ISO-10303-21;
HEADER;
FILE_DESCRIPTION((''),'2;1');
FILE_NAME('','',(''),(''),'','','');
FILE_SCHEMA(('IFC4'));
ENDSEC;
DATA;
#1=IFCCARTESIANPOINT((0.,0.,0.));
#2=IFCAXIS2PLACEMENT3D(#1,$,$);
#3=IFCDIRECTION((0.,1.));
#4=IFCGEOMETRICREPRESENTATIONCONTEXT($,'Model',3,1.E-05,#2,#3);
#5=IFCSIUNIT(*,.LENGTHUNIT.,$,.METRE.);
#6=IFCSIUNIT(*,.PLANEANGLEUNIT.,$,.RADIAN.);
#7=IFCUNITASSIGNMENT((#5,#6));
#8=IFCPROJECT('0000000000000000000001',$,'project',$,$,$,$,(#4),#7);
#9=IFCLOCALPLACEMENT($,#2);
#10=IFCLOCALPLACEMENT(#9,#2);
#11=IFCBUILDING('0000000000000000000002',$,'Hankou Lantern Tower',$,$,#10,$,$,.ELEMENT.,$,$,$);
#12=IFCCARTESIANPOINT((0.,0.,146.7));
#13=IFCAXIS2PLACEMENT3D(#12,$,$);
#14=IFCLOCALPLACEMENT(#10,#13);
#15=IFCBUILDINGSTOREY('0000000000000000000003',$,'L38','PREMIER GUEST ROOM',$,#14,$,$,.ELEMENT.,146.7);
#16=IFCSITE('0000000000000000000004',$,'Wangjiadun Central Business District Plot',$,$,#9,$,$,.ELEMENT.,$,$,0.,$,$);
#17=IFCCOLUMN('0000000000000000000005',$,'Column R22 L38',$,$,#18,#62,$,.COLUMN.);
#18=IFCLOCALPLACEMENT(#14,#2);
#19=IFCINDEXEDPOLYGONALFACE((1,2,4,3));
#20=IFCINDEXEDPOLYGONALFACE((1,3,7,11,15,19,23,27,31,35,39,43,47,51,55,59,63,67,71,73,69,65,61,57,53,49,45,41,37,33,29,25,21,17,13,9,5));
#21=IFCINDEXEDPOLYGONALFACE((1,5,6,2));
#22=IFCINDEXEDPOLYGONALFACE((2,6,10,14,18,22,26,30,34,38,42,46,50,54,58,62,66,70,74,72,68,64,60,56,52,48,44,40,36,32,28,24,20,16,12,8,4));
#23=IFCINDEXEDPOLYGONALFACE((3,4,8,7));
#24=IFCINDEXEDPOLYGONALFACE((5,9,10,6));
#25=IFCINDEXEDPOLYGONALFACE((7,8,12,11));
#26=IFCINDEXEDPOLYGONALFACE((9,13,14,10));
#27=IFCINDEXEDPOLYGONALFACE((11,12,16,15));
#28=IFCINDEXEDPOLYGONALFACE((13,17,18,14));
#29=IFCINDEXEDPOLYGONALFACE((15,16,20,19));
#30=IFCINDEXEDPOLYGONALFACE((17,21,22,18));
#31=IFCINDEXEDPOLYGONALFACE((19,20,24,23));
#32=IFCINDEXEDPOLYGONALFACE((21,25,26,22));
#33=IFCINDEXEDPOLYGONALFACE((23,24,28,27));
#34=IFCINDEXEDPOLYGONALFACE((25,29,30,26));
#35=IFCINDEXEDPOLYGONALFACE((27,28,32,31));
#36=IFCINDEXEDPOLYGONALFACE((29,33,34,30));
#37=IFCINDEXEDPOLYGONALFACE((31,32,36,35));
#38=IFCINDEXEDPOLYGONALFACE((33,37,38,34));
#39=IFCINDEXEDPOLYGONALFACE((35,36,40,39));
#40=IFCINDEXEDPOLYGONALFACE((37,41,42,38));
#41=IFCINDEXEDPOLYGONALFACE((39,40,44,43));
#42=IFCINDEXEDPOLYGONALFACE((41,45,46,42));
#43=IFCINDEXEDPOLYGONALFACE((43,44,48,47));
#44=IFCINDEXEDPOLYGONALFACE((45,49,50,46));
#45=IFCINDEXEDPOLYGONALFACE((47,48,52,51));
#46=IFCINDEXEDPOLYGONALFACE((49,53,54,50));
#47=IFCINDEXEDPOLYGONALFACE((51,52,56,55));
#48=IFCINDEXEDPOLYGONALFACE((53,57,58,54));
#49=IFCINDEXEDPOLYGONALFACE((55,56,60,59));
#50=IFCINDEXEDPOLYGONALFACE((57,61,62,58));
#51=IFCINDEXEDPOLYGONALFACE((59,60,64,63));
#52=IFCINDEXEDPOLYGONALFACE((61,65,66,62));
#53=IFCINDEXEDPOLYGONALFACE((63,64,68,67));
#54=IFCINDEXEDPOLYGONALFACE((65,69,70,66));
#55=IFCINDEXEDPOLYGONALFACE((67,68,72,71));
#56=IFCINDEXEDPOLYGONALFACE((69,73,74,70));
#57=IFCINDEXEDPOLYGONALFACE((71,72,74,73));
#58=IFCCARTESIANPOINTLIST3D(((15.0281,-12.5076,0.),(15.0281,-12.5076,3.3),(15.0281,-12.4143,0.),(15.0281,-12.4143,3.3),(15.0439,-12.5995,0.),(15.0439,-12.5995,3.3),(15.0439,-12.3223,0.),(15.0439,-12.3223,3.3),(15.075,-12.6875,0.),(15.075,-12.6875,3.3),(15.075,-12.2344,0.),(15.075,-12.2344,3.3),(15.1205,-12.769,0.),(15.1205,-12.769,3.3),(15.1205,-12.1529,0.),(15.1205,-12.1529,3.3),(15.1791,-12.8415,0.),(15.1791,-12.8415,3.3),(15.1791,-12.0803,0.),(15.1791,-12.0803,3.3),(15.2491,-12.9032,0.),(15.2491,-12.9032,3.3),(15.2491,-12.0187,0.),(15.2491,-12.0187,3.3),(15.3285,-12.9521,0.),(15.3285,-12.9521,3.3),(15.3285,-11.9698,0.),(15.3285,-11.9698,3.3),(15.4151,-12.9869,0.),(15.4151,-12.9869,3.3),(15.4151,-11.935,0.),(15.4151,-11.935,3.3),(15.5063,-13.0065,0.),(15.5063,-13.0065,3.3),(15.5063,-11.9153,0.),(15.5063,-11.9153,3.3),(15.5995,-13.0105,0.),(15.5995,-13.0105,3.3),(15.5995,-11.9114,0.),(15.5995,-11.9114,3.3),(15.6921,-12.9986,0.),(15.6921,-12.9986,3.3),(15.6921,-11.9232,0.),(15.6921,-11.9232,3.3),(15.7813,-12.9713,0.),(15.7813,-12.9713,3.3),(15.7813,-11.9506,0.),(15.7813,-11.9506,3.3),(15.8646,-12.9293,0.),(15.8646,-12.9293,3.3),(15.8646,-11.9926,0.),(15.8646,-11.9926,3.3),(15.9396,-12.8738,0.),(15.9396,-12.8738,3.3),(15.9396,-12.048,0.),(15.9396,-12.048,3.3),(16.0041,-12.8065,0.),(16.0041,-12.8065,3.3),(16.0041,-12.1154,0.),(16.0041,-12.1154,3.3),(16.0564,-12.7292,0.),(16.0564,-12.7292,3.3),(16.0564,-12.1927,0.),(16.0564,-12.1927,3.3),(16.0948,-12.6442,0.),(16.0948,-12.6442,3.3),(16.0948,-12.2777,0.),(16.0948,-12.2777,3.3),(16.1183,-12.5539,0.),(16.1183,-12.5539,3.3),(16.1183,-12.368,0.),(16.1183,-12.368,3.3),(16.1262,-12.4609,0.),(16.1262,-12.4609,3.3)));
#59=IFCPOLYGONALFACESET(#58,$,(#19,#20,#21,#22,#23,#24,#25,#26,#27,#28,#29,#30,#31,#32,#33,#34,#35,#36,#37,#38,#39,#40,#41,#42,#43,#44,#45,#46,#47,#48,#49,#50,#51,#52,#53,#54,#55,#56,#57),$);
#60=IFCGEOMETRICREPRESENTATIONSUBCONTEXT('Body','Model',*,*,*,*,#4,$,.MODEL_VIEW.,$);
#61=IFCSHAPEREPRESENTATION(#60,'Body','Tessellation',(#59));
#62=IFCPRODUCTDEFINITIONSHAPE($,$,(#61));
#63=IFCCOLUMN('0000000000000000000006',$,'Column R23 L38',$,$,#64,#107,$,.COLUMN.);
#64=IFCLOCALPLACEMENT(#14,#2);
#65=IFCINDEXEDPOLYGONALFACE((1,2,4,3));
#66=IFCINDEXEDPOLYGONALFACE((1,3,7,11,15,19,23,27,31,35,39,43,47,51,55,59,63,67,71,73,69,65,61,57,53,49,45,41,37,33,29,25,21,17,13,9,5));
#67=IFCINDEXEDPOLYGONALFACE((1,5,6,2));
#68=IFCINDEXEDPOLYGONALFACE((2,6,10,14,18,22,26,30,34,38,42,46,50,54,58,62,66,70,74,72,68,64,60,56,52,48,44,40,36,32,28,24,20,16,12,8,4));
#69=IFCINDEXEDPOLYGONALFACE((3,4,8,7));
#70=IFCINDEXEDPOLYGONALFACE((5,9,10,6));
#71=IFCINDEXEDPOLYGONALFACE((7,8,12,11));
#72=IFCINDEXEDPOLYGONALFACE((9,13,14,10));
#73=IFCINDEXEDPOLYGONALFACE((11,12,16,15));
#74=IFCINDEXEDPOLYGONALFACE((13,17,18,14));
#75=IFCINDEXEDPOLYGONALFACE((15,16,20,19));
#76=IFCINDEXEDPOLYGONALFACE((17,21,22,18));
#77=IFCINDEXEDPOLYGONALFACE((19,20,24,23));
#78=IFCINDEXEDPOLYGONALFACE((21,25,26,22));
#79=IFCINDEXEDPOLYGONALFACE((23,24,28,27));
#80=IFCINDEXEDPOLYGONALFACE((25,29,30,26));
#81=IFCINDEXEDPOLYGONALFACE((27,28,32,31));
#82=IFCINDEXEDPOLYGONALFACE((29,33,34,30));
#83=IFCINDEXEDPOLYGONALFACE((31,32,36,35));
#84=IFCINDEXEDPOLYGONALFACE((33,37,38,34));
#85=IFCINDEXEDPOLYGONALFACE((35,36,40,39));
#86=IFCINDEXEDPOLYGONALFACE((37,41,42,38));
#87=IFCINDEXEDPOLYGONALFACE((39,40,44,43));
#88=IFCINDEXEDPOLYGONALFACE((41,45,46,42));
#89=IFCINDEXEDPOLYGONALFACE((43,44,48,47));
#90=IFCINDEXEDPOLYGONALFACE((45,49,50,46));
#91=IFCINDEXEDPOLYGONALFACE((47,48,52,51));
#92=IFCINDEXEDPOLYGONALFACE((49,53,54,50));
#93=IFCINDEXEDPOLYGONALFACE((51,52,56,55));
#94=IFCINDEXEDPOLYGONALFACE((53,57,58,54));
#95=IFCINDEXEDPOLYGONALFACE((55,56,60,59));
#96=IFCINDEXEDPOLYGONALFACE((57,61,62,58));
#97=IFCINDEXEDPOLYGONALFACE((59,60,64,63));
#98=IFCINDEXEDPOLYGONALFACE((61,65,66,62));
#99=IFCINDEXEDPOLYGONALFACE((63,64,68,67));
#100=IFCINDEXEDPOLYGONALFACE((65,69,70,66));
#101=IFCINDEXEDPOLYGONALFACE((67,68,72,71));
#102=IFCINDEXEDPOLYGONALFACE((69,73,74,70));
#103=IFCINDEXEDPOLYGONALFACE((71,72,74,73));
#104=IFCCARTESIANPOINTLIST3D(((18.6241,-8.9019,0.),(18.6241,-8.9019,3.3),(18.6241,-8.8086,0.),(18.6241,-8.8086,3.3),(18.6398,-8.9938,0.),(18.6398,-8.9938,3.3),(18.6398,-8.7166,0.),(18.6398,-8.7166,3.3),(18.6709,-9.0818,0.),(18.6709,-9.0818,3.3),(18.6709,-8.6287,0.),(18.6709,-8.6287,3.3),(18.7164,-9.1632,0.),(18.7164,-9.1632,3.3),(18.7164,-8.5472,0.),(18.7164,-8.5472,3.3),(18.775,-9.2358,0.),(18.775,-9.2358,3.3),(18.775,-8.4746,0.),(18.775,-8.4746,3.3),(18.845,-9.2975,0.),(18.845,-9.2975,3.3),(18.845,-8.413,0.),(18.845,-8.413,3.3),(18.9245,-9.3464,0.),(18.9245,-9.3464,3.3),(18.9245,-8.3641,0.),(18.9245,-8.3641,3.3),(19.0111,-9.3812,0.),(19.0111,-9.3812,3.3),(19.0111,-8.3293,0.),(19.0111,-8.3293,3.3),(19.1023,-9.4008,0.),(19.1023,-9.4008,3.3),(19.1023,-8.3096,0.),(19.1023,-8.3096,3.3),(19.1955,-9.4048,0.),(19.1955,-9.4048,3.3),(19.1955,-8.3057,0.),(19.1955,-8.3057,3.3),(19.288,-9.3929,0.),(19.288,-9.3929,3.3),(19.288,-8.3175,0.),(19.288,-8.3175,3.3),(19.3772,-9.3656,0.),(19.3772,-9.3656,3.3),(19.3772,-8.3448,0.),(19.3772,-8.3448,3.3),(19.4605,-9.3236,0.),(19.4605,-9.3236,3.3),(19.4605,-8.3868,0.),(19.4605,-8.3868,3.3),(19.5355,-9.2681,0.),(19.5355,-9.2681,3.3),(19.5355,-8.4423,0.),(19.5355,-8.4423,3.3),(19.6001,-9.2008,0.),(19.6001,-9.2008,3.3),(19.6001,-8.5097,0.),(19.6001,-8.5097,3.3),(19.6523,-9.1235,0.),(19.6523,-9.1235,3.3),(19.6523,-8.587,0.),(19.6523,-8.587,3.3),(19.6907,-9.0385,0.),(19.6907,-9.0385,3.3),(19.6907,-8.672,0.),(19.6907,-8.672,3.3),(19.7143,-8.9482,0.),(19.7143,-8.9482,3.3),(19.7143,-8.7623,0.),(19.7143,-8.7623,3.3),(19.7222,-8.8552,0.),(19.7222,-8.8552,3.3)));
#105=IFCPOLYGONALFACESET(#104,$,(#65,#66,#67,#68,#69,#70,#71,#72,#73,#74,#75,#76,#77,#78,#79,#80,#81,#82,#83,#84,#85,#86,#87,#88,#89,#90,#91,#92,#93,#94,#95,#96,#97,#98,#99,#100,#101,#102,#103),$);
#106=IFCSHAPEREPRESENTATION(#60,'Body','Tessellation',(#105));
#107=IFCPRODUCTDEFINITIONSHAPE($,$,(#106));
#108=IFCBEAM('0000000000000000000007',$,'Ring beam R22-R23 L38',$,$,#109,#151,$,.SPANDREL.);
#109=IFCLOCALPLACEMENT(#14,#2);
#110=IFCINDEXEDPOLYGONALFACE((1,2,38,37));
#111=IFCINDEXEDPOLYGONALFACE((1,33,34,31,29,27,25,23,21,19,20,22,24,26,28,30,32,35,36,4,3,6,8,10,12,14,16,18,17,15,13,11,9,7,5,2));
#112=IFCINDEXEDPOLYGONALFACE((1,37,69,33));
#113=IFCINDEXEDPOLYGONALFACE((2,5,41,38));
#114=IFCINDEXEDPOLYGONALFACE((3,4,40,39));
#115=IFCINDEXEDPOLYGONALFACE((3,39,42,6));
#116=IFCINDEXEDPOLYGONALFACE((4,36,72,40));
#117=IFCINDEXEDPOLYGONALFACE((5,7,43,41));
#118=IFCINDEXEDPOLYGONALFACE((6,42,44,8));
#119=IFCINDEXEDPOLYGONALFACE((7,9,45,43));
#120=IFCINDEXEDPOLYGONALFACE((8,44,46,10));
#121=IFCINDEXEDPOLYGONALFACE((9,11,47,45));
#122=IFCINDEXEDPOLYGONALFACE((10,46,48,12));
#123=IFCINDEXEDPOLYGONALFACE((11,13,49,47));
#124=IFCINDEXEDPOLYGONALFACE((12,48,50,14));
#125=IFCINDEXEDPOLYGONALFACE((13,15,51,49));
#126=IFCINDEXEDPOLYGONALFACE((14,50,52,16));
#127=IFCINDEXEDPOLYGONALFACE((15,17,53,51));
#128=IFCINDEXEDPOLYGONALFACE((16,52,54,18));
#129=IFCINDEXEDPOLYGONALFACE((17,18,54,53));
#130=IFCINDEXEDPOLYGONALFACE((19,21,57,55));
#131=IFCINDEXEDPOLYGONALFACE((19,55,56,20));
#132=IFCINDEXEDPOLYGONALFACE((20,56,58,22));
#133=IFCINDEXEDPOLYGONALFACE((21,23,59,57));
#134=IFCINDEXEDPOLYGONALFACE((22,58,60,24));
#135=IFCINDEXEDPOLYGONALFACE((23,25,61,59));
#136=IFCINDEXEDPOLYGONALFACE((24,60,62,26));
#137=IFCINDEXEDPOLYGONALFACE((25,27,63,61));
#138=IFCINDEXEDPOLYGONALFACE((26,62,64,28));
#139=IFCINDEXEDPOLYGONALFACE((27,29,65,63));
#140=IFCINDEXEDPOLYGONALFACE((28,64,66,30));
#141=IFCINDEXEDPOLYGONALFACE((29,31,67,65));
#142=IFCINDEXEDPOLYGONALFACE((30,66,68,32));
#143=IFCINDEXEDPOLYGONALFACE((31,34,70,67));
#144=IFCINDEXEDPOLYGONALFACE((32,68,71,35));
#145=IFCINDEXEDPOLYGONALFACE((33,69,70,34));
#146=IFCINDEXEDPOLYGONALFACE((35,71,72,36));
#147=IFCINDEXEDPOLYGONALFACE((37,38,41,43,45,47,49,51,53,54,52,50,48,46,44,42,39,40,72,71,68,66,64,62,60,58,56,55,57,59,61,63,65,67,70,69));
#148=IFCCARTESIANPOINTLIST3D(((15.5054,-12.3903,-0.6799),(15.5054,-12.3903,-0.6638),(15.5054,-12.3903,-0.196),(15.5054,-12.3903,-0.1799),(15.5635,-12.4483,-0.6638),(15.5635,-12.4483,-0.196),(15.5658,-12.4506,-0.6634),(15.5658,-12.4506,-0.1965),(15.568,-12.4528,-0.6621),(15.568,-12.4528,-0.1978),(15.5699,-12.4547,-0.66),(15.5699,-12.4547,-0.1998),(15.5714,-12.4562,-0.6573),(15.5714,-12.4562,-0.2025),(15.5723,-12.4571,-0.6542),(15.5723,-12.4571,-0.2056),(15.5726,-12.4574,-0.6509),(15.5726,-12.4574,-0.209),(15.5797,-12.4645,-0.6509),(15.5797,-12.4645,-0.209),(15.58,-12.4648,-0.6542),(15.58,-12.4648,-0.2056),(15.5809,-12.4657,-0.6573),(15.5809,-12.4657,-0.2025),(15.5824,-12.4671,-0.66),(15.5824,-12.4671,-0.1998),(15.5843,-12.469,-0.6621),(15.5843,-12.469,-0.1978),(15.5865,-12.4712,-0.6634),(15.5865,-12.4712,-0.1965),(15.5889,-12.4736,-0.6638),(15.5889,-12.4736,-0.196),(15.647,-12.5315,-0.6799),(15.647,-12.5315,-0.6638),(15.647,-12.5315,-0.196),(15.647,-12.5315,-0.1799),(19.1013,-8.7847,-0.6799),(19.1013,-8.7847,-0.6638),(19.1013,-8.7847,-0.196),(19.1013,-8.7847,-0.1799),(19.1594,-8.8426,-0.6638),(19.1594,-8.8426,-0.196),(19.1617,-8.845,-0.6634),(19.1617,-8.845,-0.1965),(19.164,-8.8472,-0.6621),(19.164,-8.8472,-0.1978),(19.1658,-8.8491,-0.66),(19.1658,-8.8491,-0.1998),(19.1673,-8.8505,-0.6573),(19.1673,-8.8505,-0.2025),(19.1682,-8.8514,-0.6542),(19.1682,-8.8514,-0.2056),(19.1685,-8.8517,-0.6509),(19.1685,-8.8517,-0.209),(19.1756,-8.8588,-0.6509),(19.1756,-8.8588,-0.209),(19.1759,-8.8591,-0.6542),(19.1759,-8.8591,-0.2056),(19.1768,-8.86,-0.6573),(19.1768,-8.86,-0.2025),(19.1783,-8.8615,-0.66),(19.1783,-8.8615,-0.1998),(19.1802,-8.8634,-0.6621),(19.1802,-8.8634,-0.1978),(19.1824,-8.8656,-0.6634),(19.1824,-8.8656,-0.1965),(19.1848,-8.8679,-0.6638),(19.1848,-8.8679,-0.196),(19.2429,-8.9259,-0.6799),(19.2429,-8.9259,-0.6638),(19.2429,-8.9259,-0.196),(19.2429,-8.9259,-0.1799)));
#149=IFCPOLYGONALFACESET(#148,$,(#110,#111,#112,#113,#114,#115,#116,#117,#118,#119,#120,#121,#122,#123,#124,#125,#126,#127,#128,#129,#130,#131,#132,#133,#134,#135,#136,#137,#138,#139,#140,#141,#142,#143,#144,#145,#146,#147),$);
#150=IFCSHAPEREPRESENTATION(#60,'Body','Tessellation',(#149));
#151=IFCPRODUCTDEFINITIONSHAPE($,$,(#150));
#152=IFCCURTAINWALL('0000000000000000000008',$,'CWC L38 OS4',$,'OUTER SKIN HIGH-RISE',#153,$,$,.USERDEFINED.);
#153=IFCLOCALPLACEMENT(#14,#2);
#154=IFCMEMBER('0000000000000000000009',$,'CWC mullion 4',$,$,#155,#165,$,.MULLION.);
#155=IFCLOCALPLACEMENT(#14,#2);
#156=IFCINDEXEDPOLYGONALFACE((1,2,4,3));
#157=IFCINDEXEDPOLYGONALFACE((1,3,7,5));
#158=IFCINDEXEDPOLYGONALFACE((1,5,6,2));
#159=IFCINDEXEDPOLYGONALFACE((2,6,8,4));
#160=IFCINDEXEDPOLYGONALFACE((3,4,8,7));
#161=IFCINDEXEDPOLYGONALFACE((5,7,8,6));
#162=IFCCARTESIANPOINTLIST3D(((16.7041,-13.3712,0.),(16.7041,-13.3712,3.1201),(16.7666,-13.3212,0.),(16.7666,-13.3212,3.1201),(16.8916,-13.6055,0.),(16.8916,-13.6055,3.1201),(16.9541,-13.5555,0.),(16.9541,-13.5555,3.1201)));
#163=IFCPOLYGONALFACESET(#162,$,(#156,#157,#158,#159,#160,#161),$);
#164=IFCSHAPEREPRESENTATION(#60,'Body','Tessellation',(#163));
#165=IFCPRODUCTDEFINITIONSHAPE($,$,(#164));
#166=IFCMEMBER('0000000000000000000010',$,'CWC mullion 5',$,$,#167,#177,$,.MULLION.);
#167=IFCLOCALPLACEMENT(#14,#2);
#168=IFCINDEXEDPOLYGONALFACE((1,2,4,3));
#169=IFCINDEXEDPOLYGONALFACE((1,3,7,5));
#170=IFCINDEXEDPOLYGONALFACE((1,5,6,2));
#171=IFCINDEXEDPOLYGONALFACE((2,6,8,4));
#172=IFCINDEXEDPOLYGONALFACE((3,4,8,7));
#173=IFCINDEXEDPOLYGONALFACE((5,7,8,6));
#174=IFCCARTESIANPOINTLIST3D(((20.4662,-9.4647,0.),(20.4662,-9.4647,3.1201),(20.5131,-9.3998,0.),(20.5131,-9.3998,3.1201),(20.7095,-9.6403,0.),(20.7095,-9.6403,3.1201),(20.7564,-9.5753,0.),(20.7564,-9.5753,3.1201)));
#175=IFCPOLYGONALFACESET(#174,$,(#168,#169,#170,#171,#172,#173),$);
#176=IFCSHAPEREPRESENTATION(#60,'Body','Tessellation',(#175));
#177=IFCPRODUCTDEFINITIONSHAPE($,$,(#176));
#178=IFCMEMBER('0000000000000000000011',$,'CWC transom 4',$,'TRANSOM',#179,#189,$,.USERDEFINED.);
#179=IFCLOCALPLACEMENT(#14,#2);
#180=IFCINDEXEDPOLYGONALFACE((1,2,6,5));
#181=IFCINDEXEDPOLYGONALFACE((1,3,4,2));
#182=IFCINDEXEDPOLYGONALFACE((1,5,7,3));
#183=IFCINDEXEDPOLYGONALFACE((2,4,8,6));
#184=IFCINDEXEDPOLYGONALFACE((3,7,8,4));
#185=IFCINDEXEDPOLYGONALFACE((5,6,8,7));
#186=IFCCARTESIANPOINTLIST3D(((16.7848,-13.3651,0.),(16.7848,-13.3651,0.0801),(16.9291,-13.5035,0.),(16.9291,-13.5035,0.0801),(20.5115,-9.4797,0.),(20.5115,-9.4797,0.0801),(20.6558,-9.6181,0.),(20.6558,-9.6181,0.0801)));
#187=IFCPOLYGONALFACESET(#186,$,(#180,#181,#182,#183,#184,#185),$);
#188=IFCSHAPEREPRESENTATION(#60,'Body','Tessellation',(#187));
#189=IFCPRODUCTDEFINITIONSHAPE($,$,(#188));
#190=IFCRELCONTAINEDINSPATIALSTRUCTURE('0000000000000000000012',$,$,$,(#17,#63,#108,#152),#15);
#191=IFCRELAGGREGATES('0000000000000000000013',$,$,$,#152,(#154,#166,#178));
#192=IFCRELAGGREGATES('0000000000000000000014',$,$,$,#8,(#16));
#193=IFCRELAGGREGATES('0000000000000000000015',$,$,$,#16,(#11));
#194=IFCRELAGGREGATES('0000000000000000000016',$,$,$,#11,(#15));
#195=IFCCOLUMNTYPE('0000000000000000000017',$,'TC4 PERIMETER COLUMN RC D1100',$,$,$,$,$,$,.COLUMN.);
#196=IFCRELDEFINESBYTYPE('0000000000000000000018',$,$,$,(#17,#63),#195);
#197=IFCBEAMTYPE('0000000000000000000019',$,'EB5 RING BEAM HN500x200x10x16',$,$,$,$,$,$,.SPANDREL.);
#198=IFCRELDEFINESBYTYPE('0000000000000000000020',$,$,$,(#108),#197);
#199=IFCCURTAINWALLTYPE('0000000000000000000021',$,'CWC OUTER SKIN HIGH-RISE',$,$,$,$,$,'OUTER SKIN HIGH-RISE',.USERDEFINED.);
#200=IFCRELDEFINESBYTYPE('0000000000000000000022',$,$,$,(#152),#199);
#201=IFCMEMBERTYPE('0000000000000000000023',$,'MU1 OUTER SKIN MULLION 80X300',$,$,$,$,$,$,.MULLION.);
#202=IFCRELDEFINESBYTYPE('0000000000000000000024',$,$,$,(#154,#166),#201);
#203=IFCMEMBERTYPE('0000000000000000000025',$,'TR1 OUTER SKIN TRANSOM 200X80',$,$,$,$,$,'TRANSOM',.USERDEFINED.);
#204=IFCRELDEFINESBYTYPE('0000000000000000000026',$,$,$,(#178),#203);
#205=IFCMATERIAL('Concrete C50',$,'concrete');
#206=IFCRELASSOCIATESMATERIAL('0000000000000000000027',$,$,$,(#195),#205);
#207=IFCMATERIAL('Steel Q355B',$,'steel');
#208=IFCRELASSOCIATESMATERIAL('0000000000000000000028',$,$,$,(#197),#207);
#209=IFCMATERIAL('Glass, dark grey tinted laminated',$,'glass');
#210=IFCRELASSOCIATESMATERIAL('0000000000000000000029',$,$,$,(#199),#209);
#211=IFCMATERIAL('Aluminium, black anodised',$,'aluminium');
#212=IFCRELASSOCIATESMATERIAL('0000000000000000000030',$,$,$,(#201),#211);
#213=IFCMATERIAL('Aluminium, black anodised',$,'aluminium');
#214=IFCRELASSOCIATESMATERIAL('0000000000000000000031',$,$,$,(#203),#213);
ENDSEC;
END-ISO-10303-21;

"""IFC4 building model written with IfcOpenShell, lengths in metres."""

from ifc_helpers import new_model, si_unit, direction, frame, origin, origin_2d, place, context, subcontext, project, spatial, rectangle, circle, i_section, extrude, material, material_profile, profile_set, type_object, element, aggregate, save


model = new_model("IFC4")

# Units and contexts
model_context = context("Model", 3, precision=1e-05, world=origin(), true_north=direction((0.0, 1.0)))
body_context = subcontext(model_context, "Body", "Model", "MODEL_VIEW")
ifc_project = project(units=[si_unit("LENGTHUNIT", "METRE"), si_unit("PLANEANGLEUNIT", "RADIAN")], contexts=[model_context])

# Site, building, storey
site_placement = place(None, origin())
site = spatial("IfcSite", under=ifc_project, at=site_placement, Name="Wangjiadun Central Business District Plot", CompositionType="ELEMENT", RefElevation=0.0)
building_placement = place(site_placement, origin())
building = spatial("IfcBuilding", under=site, at=building_placement, Name="Hankou Lantern Tower", CompositionType="ELEMENT")
storey_placement = place(building_placement, frame((0.0, 0.0, 146.7)))
storey = spatial("IfcBuildingStorey", under=building, at=storey_placement, Name="L38", Description="PREMIER GUEST ROOM", CompositionType="ELEMENT", Elevation=146.7)

# Columns
ifc_material_1 = material(Name="Concrete C50", Category="concrete")
ifc_material_profile_1 = material_profile(ifc_material_1, circle(Radius=0.55, at=origin_2d()), Name="RC D1100")
ifc_profile_set_1 = profile_set([ifc_material_profile_1], Name="Concrete C50")
column_type = type_object("IfcColumnType", Name="TC4 PERIMETER COLUMN RC D1100", PredefinedType="COLUMN", material=ifc_profile_set_1)
for number, where, z_axis, x_axis, name in (
    (1, (15.5762, -12.4609, 0.0), (0.0, 0.0, 1.0), (1.0, 0.0, 0.0), "Column R22 L38"),
    (2, (19.1721, -8.8552, 0.0), (0.0, 0.0, 1.0), (1.0, 0.0, 0.0), "Column R23 L38"),
):
    element("IfcColumn", number, at=place(storey_placement, frame(where, z_axis=z_axis, x_axis=x_axis)), inside=storey, type_object=column_type, Name=name, PredefinedType="COLUMN", context=body_context, shape_type="SweptSolid", body=[
        extrude(circle(Radius=0.55, at=origin_2d()), origin(), (0.0, 0.0, 1.0), 3.3),
    ])

# Beam
ifc_material_2 = material(Name="Steel Q355B", Category="steel")
ifc_material_profile_2 = material_profile(ifc_material_2, i_section(OverallWidth=0.2, OverallDepth=0.5, WebThickness=0.01, FlangeThickness=0.0161, FilletRadius=0.0129, at=origin_2d()), Name="HN500x200x10x16")
ifc_profile_set_2 = profile_set([ifc_material_profile_2], Name="Steel Q355B")
beam_type = type_object("IfcBeamType", Name="EB5 RING BEAM HN500x200x10x16", PredefinedType="SPANDREL", material=ifc_profile_set_2)
beam_placement = place(storey_placement, frame((15.5762, -12.4609, -0.4299), z_axis=(0.706147, 0.708065, 0.0), x_axis=(-0.708065, 0.706147, 0.0)))
element("IfcBeam", 3, at=beam_placement, inside=storey, type_object=beam_type, Name="Ring beam R22-R23 L38", PredefinedType="SPANDREL", context=body_context, shape_type="SweptSolid", body=[
    extrude(i_section(OverallWidth=0.2, OverallDepth=0.5, WebThickness=0.01, FlangeThickness=0.0161, FilletRadius=0.0129, at=origin_2d()), origin(), (0.0, 0.0, 1.0), 5.0923),
])

# Curtain wall, members
ifc_material_3 = material(Name="Glass, dark grey tinted laminated", Category="glass")
curtain_wall_type = type_object("IfcCurtainWallType", Name="CWC OUTER SKIN HIGH-RISE", ElementType="OUTER SKIN HIGH-RISE", PredefinedType="USERDEFINED", material=ifc_material_3)
curtain_wall_placement = place(storey_placement, origin())
curtain_wall = element("IfcCurtainWall", 4, at=curtain_wall_placement, inside=storey, type_object=curtain_wall_type, Name="CWC L38 OS4", ObjectType="OUTER SKIN HIGH-RISE", PredefinedType="USERDEFINED")
ifc_material_4 = material(Name="Aluminium, black anodised", Category="aluminium")
ifc_material_profile_3 = material_profile(ifc_material_4, rectangle(XDim=0.0801, YDim=0.3, at=origin_2d()), Name="MU1 80X300")
ifc_profile_set_3 = profile_set([ifc_material_profile_3], Name="Aluminium, black anodised")
member_type_1 = type_object("IfcMemberType", Name="MU1 OUTER SKIN MULLION 80X300", PredefinedType="MULLION", material=ifc_profile_set_3)
member_1_placement = place(storey_placement, frame((16.8291, -13.4634, 0.0), z_axis=(0.0, 0.0, 1.0), x_axis=(0.780869, 0.624695, 0.0)))
member_1 = element("IfcMember", 5, at=member_1_placement, type_object=member_type_1, Name="CWC mullion 4", PredefinedType="MULLION", context=body_context, shape_type="SweptSolid", body=[
    extrude(rectangle(XDim=0.0801, YDim=0.3, at=origin_2d()), origin(), (0.0, 0.0, 1.0), 3.1201),
])
member_2_placement = place(storey_placement, frame((20.6113, -9.52, 0.0), z_axis=(0.0, 0.0, 1.0), x_axis=(0.585206, 0.810885, 0.0)))
member_2 = element("IfcMember", 6, at=member_2_placement, type_object=member_type_1, Name="CWC mullion 5", PredefinedType="MULLION", context=body_context, shape_type="SweptSolid", body=[
    extrude(rectangle(XDim=0.0801, YDim=0.3, at=origin_2d()), origin(), (0.0, 0.0, 1.0), 3.1201),
])
ifc_material_5 = material(Name="Aluminium, black anodised", Category="aluminium")
ifc_material_profile_4 = material_profile(ifc_material_5, rectangle(XDim=0.2, YDim=0.0801, at=origin_2d()), Name="TR1 200X80")
ifc_profile_set_4 = profile_set([ifc_material_profile_4], Name="Aluminium, black anodised")
member_type_2 = type_object("IfcMemberType", Name="TR1 OUTER SKIN TRANSOM 200X80", ElementType="TRANSOM", PredefinedType="USERDEFINED", material=ifc_profile_set_4)
member_3_placement = place(storey_placement, frame((16.8569, -13.4343, 0.04), z_axis=(0.692216, 0.721691, 0.0), x_axis=(-0.721691, 0.692216, 0.0)))
member_3 = element("IfcMember", 7, at=member_3_placement, type_object=member_type_2, Name="CWC transom 4", ObjectType="TRANSOM", PredefinedType="USERDEFINED", context=body_context, shape_type="SweptSolid", body=[
    extrude(rectangle(XDim=0.2, YDim=0.0801, at=origin_2d()), origin(), (0.0, 0.0, 1.0), 5.3838),
])
aggregate(curtain_wall, [member_1, member_2, member_3])

save(model, "model.ifc")
